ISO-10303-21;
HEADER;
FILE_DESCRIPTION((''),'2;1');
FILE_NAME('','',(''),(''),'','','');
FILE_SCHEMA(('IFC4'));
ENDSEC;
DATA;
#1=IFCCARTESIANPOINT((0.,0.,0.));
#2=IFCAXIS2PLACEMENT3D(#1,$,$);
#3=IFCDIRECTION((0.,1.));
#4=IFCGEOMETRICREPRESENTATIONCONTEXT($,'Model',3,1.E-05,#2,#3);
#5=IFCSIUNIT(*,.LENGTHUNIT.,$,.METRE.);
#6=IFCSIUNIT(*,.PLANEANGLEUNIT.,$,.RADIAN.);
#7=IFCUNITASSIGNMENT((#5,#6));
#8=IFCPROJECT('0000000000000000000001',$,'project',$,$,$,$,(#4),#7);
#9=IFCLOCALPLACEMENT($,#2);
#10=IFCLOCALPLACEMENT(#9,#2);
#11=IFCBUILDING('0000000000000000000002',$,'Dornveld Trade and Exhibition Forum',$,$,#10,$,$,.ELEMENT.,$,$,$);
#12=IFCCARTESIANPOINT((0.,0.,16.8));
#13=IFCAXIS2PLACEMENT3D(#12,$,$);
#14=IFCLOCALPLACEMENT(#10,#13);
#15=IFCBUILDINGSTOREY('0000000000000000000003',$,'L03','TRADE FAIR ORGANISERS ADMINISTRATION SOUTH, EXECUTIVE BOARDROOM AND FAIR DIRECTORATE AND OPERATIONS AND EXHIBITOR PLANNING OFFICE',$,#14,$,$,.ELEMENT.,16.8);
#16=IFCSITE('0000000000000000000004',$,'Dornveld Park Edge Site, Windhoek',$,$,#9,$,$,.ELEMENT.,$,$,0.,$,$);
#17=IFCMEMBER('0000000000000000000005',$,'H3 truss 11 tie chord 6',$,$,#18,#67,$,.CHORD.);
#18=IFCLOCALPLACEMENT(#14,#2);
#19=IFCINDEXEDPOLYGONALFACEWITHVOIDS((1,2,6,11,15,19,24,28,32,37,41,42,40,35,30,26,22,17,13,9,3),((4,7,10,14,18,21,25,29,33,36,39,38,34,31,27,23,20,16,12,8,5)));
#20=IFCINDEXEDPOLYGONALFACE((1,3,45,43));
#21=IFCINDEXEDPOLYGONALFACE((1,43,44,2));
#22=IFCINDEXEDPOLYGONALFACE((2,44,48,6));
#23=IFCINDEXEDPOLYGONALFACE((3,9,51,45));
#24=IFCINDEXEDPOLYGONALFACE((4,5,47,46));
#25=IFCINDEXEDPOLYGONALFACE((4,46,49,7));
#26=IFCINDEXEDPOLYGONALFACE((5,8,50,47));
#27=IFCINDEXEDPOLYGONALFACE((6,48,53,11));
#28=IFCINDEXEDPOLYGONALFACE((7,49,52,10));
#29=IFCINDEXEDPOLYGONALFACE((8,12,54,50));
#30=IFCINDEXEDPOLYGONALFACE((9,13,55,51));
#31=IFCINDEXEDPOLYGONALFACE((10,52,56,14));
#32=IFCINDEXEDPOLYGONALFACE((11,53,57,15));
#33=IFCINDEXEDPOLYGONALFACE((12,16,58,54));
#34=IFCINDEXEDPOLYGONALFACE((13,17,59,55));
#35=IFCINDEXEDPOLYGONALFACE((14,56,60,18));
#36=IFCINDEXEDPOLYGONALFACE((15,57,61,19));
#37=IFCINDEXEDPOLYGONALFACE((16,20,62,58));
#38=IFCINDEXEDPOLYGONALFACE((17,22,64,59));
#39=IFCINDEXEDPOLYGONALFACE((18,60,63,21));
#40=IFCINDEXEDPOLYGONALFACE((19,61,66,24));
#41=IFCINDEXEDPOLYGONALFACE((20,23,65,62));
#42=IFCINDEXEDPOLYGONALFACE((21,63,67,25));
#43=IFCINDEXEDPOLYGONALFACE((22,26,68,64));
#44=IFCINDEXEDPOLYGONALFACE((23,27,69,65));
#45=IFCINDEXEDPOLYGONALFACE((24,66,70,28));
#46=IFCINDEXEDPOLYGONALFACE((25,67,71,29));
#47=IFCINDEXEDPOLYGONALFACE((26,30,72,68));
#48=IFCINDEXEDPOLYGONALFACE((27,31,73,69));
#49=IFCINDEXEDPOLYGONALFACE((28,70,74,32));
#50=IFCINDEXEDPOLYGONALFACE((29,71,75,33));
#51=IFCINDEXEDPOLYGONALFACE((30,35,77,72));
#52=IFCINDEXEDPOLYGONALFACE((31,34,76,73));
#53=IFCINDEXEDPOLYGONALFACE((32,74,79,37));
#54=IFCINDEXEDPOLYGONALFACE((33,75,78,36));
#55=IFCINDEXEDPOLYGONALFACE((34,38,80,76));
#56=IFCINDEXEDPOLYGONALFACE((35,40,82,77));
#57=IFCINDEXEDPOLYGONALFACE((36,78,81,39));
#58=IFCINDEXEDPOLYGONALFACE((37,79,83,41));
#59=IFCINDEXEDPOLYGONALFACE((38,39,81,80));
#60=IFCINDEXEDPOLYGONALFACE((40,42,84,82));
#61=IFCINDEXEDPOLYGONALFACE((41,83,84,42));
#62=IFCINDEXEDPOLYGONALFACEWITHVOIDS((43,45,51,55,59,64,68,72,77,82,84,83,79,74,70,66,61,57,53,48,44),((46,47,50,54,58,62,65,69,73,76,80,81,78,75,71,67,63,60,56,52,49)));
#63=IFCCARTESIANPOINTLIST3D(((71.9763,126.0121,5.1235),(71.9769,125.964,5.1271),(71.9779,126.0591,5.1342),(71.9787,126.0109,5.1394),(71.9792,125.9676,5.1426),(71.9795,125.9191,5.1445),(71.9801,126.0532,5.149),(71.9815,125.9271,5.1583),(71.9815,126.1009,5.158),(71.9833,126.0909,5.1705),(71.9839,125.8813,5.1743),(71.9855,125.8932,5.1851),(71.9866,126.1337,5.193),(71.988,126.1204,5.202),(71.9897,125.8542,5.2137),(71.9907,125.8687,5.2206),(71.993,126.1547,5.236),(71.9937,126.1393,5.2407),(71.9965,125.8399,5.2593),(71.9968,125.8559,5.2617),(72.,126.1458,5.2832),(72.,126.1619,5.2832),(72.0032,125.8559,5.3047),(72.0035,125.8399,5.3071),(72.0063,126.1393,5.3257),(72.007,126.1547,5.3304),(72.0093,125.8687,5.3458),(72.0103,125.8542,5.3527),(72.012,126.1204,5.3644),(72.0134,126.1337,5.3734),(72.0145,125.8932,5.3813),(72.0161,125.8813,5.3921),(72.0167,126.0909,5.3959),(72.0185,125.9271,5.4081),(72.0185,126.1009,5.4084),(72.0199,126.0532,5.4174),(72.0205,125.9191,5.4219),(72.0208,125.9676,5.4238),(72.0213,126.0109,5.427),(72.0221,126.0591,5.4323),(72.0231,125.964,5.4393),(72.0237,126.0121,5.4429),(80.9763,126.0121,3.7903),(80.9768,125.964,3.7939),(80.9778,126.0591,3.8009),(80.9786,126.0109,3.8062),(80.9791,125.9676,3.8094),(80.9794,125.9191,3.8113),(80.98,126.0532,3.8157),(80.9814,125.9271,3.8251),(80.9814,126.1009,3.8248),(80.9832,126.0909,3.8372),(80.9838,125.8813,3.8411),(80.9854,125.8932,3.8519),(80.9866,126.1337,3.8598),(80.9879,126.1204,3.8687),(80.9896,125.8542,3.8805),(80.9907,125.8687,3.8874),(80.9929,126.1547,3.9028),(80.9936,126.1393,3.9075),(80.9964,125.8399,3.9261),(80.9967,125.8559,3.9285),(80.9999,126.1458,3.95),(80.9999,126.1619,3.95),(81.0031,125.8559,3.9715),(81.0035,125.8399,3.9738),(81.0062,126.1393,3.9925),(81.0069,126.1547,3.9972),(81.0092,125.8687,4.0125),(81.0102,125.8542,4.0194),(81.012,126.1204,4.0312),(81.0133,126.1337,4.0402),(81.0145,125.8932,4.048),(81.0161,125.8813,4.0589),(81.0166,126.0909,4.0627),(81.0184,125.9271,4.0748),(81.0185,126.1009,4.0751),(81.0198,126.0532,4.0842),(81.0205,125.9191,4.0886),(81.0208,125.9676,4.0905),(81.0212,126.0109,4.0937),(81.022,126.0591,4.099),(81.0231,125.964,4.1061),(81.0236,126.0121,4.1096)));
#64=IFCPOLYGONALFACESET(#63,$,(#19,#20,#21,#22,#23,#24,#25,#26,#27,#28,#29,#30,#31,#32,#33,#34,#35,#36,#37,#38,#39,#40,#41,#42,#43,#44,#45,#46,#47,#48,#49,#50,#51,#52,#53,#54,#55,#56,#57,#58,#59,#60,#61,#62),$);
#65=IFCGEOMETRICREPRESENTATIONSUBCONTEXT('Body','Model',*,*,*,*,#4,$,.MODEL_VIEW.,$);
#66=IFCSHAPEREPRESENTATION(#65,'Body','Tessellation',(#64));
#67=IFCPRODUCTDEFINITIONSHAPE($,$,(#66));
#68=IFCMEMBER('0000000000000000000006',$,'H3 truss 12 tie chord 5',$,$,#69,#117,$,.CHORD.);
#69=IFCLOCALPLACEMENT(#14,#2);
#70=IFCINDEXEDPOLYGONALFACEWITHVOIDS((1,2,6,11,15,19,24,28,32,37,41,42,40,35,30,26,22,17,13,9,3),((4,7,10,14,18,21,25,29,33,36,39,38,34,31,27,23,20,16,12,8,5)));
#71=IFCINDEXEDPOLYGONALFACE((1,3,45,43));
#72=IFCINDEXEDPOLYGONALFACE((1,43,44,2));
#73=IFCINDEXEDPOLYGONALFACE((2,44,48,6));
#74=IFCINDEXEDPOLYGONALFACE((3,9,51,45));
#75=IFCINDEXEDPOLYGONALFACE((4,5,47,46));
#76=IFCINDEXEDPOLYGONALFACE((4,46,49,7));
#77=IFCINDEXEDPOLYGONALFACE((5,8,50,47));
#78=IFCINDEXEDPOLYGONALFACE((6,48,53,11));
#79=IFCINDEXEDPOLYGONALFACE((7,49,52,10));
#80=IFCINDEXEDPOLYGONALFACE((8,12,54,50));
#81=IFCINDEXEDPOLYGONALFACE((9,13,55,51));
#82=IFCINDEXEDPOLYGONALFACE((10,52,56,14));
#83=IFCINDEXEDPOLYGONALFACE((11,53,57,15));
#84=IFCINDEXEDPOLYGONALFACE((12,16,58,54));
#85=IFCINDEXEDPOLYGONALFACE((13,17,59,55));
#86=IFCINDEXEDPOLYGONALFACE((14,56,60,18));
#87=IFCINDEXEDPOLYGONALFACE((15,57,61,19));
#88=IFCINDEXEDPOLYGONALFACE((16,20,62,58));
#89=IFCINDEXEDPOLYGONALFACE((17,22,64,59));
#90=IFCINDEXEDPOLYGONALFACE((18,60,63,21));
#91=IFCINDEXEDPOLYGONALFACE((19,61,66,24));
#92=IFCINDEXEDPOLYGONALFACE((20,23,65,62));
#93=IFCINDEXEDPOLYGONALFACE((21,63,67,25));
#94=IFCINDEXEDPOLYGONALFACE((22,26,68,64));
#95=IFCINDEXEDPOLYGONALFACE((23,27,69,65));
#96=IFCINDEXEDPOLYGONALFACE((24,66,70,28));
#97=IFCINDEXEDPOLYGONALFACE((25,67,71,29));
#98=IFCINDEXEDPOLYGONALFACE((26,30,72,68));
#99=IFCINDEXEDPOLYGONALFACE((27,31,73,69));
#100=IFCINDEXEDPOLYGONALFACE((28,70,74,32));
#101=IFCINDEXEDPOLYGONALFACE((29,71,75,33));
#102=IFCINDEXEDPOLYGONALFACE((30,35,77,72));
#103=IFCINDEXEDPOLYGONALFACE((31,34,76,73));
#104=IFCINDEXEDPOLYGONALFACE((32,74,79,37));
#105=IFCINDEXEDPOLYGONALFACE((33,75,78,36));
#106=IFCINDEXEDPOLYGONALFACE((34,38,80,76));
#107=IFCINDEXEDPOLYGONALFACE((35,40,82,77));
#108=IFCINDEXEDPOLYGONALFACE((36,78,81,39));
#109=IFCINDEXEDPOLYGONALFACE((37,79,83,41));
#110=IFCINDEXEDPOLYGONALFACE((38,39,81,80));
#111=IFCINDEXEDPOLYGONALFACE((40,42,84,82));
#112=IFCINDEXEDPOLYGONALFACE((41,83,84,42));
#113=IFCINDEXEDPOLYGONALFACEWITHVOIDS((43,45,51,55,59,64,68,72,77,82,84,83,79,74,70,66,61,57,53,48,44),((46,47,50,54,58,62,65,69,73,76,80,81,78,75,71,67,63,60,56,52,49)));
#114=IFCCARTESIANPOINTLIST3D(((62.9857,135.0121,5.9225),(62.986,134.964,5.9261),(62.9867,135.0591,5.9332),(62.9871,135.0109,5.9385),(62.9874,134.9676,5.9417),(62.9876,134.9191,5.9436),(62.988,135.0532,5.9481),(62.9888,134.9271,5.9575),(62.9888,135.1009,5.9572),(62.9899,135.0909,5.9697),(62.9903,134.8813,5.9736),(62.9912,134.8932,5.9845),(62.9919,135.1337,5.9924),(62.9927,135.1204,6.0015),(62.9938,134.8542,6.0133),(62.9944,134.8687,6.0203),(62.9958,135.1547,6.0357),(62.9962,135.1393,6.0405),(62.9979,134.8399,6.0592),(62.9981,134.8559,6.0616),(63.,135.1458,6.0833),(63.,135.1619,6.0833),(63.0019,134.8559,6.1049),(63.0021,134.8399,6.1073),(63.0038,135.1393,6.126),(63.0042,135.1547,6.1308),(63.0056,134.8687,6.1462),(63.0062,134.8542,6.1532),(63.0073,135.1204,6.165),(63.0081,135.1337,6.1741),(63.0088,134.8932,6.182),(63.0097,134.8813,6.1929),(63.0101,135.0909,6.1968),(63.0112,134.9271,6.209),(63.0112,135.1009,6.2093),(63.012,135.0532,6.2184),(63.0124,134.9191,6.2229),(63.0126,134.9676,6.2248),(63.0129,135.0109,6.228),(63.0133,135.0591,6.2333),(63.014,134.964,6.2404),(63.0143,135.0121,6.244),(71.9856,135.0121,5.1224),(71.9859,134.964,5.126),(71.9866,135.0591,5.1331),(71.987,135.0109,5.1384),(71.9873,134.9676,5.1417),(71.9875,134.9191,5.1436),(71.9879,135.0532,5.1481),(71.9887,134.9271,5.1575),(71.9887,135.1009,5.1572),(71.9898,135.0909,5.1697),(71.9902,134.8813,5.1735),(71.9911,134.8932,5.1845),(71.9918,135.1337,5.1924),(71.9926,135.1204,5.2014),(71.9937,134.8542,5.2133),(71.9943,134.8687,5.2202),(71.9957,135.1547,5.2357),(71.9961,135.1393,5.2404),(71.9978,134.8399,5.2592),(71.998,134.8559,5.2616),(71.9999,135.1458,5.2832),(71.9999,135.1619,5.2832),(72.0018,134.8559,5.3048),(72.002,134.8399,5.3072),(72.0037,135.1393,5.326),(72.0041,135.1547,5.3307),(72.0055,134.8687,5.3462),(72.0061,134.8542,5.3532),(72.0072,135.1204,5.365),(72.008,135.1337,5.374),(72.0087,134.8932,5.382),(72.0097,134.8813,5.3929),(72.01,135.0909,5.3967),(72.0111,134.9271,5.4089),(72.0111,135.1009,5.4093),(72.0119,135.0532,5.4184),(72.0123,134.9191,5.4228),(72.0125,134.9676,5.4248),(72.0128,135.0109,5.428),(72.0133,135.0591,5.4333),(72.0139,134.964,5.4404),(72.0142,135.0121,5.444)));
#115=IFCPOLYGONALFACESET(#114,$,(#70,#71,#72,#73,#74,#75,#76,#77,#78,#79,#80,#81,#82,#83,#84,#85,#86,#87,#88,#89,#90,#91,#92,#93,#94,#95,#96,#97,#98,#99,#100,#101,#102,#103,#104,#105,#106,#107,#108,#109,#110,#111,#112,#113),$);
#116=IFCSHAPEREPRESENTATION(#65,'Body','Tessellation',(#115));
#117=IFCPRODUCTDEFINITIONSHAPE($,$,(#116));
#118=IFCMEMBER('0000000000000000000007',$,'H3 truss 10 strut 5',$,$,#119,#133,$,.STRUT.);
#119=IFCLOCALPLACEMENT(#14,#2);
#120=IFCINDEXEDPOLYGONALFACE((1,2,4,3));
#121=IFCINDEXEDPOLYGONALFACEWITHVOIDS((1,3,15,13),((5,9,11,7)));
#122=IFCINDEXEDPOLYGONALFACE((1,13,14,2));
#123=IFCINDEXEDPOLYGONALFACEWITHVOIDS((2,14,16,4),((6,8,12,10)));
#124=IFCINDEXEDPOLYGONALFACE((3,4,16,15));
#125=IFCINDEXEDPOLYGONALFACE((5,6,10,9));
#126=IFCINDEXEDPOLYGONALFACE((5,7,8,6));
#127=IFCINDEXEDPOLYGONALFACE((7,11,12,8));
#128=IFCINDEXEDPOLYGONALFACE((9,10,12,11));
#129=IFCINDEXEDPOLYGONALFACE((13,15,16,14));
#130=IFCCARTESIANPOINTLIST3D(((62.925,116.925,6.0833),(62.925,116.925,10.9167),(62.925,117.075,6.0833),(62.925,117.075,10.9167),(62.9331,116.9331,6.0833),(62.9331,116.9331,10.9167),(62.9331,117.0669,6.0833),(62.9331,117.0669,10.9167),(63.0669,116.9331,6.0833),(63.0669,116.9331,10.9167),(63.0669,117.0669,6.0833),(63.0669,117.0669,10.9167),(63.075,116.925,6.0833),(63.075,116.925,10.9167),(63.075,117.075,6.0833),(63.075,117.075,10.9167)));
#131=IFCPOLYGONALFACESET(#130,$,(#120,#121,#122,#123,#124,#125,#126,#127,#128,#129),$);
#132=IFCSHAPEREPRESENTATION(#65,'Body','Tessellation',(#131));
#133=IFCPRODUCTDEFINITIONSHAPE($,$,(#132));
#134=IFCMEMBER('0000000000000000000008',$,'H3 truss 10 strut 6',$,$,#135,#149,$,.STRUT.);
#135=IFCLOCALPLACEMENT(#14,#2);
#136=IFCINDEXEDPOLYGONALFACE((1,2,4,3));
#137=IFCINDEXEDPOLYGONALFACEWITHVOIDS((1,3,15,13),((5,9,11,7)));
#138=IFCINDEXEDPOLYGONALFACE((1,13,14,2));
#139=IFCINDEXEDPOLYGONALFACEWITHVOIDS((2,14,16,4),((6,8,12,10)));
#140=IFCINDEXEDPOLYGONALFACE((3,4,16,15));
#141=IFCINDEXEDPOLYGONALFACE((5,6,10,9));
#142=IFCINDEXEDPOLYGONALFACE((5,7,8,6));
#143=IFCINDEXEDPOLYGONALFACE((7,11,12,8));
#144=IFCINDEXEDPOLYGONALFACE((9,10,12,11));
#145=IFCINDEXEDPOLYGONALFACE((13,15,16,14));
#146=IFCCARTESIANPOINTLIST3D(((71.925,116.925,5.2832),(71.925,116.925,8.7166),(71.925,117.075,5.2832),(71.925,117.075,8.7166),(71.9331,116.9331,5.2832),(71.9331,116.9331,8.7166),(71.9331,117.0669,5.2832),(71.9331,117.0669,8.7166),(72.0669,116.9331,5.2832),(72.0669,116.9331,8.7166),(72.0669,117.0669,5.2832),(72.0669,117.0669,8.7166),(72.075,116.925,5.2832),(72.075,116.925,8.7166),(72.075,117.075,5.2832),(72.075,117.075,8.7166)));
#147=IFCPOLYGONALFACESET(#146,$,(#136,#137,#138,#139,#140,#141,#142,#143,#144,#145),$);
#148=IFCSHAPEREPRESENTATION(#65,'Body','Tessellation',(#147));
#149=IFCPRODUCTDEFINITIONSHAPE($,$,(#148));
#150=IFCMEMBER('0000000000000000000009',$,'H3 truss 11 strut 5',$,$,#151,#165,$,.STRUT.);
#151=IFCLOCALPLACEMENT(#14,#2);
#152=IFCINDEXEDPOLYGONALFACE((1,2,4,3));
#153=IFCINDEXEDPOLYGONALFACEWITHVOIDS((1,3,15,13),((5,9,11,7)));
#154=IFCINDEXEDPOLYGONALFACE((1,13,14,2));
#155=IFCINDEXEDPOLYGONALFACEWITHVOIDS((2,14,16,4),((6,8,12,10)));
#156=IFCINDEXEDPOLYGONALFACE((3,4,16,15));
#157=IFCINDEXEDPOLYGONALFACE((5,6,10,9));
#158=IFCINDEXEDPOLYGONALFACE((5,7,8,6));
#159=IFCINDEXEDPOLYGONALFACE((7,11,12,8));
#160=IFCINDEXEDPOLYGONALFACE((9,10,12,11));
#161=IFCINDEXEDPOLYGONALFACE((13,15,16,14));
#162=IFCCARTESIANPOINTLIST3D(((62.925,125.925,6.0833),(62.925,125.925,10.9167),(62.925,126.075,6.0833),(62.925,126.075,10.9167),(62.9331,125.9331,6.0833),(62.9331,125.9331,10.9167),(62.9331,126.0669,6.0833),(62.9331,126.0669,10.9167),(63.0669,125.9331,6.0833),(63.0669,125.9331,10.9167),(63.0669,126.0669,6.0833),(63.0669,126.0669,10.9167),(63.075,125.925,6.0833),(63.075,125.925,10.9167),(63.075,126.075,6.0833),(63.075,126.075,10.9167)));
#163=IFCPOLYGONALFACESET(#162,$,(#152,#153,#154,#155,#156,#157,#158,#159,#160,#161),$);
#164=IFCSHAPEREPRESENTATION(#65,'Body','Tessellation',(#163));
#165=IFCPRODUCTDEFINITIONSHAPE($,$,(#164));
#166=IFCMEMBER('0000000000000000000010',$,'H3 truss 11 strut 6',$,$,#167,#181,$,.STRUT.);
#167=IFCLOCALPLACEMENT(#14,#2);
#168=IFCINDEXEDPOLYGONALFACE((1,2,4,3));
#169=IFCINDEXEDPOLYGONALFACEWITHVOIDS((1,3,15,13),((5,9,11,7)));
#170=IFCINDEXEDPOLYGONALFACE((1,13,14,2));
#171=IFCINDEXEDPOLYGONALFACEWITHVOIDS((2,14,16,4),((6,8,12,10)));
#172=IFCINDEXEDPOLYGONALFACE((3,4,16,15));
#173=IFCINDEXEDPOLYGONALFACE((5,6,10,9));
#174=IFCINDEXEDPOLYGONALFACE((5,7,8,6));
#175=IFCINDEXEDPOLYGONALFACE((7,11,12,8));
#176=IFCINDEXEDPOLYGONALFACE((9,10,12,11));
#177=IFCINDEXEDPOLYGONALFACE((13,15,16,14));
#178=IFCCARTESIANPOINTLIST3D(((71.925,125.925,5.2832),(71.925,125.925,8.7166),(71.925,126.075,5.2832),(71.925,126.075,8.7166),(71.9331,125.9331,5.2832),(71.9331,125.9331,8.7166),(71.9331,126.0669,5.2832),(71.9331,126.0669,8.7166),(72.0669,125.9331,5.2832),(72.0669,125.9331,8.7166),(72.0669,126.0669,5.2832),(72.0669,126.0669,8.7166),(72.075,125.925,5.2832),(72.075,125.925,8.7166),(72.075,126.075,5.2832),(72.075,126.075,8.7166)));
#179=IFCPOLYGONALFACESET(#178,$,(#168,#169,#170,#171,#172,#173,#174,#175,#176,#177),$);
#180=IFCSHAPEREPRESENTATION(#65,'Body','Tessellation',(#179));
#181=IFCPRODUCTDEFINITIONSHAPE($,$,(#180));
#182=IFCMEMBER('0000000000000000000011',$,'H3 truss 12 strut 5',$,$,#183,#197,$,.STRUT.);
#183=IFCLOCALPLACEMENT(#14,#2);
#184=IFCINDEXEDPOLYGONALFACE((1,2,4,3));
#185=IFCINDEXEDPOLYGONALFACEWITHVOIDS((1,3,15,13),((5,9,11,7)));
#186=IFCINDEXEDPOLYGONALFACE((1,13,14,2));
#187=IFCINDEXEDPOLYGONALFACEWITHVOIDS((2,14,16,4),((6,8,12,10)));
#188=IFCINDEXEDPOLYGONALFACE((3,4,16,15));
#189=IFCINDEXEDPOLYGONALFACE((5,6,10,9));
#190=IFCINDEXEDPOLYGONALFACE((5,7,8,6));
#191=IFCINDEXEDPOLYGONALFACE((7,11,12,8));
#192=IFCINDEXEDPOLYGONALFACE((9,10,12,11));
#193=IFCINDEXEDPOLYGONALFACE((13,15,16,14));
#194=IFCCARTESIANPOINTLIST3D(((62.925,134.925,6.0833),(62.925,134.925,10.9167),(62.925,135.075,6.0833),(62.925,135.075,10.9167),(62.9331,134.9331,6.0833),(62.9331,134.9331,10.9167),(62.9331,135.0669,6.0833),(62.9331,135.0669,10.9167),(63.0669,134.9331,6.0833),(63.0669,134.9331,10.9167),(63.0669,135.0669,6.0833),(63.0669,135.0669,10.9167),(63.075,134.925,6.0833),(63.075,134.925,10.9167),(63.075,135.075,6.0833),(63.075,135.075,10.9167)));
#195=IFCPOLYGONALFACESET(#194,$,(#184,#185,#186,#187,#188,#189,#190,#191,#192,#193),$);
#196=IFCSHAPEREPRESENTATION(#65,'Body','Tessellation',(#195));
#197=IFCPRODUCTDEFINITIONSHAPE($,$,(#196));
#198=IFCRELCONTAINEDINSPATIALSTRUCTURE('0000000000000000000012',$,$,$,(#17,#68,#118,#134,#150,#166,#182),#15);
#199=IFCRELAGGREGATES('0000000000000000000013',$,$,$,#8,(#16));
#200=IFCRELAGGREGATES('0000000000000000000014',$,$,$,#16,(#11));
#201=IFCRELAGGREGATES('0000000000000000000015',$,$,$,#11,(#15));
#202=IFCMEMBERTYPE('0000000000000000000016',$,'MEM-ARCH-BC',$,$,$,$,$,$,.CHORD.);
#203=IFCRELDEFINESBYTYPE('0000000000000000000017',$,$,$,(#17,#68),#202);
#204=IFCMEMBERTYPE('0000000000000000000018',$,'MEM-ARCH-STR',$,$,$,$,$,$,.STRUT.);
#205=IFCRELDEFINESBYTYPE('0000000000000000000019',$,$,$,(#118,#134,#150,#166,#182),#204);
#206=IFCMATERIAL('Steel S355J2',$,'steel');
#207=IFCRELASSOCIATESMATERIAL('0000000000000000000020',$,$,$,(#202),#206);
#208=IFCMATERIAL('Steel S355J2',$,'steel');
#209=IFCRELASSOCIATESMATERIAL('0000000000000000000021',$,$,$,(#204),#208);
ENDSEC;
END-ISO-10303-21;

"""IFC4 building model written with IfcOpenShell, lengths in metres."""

from ifc_helpers import new_model, si_unit, direction, frame, origin, origin_2d, place, context, subcontext, project, spatial, hollow_rectangle, hollow_circle, extrude, material, material_profile, profile_set, type_object, element, save


model = new_model("IFC4")

# Units and contexts
model_context = context("Model", 3, precision=1e-05, world=origin(), true_north=direction((0.0, 1.0)))
body_context = subcontext(model_context, "Body", "Model", "MODEL_VIEW")
ifc_project = project(units=[si_unit("LENGTHUNIT", "METRE"), si_unit("PLANEANGLEUNIT", "RADIAN")], contexts=[model_context])

# Site, building, storey
site_placement = place(None, origin())
site = spatial("IfcSite", under=ifc_project, at=site_placement, Name="Dornveld Park Edge Site, Windhoek", CompositionType="ELEMENT", RefElevation=0.0)
building_placement = place(site_placement, origin())
building = spatial("IfcBuilding", under=site, at=building_placement, Name="Dornveld Trade and Exhibition Forum", CompositionType="ELEMENT")
storey_placement = place(building_placement, frame((0.0, 0.0, 16.8)))
storey = spatial("IfcBuildingStorey", under=building, at=storey_placement, Name="L03", Description="TRADE FAIR ORGANISERS ADMINISTRATION SOUTH, EXECUTIVE BOARDROOM AND FAIR DIRECTORATE AND OPERATIONS AND EXHIBITOR PLANNING OFFICE", CompositionType="ELEMENT", Elevation=16.8)

# Members
ifc_material_1 = material(Name="Steel S355J2", Category="steel")
ifc_material_profile_1 = material_profile(ifc_material_1, hollow_circle(Radius=0.1619, WallThickness=0.0161, at=origin_2d()), Name="CHS 323.9x16")
ifc_profile_set_1 = profile_set([ifc_material_profile_1], Name="Steel S355J2")
member_type_1 = type_object("IfcMemberType", Name="MEM-ARCH-BC", PredefinedType="CHORD", material=ifc_profile_set_1)
member_1_placement = place(storey_placement, frame((72.0, 126.0, 5.2832), z_axis=(0.989205, 0.0, -0.14654), x_axis=(0.0, 1.0, 0.0)))
element("IfcMember", 1, at=member_1_placement, inside=storey, type_object=member_type_1, Name="H3 truss 11 tie chord 6", PredefinedType="CHORD", context=body_context, shape_type="SweptSolid", body=[
    extrude(hollow_circle(Radius=0.1619, WallThickness=0.0161, at=origin_2d()), origin(), (0.0, 0.0, 1.0), 9.0981),
])
member_2_placement = place(storey_placement, frame((63.0, 135.0, 6.0833), z_axis=(0.996072, 0.0, -0.088545), x_axis=(0.0, 1.0, 0.0)))
element("IfcMember", 2, at=member_2_placement, inside=storey, type_object=member_type_1, Name="H3 truss 12 tie chord 5", PredefinedType="CHORD", context=body_context, shape_type="SweptSolid", body=[
    extrude(hollow_circle(Radius=0.1619, WallThickness=0.0161, at=origin_2d()), origin(), (0.0, 0.0, 1.0), 9.0354),
])
ifc_material_2 = material(Name="Steel S355J2", Category="steel")
ifc_material_profile_2 = material_profile(ifc_material_2, hollow_rectangle(XDim=0.1499, YDim=0.1499, WallThickness=0.0081, at=origin_2d()), Name="SHS 150x150x8")
ifc_profile_set_2 = profile_set([ifc_material_profile_2], Name="Steel S355J2")
member_type_2 = type_object("IfcMemberType", Name="MEM-ARCH-STR", PredefinedType="STRUT", material=ifc_profile_set_2)
member_3_placement = place(storey_placement, frame((63.0, 117.0, 6.0833), z_axis=(0.0, 0.0, 1.0), x_axis=(1.0, 0.0, 0.0)))
element("IfcMember", 3, at=member_3_placement, inside=storey, type_object=member_type_2, Name="H3 truss 10 strut 5", PredefinedType="STRUT", context=body_context, shape_type="SweptSolid", body=[
    extrude(hollow_rectangle(XDim=0.1499, YDim=0.1499, WallThickness=0.0081, at=origin_2d()), origin(), (0.0, 0.0, 1.0), 4.8335),
])
member_4_placement = place(storey_placement, frame((72.0, 117.0, 5.2832), z_axis=(0.0, 0.0, 1.0), x_axis=(1.0, 0.0, 0.0)))
element("IfcMember", 4, at=member_4_placement, inside=storey, type_object=member_type_2, Name="H3 truss 10 strut 6", PredefinedType="STRUT", context=body_context, shape_type="SweptSolid", body=[
    extrude(hollow_rectangle(XDim=0.1499, YDim=0.1499, WallThickness=0.0081, at=origin_2d()), origin(), (0.0, 0.0, 1.0), 3.4333),
])
member_5_placement = place(storey_placement, frame((63.0, 126.0, 6.0833), z_axis=(0.0, 0.0, 1.0), x_axis=(1.0, 0.0, 0.0)))
element("IfcMember", 5, at=member_5_placement, inside=storey, type_object=member_type_2, Name="H3 truss 11 strut 5", PredefinedType="STRUT", context=body_context, shape_type="SweptSolid", body=[
    extrude(hollow_rectangle(XDim=0.1499, YDim=0.1499, WallThickness=0.0081, at=origin_2d()), origin(), (0.0, 0.0, 1.0), 4.8335),
])
member_6_placement = place(storey_placement, frame((72.0, 126.0, 5.2832), z_axis=(0.0, 0.0, 1.0), x_axis=(1.0, 0.0, 0.0)))
element("IfcMember", 6, at=member_6_placement, inside=storey, type_object=member_type_2, Name="H3 truss 11 strut 6", PredefinedType="STRUT", context=body_context, shape_type="SweptSolid", body=[
    extrude(hollow_rectangle(XDim=0.1499, YDim=0.1499, WallThickness=0.0081, at=origin_2d()), origin(), (0.0, 0.0, 1.0), 3.4333),
])
member_7_placement = place(storey_placement, frame((63.0, 135.0, 6.0833), z_axis=(0.0, 0.0, 1.0), x_axis=(1.0, 0.0, 0.0)))
element("IfcMember", 7, at=member_7_placement, inside=storey, type_object=member_type_2, Name="H3 truss 12 strut 5", PredefinedType="STRUT", context=body_context, shape_type="SweptSolid", body=[
    extrude(hollow_rectangle(XDim=0.1499, YDim=0.1499, WallThickness=0.0081, at=origin_2d()), origin(), (0.0, 0.0, 1.0), 4.8335),
])

save(model, "model.ifc")
